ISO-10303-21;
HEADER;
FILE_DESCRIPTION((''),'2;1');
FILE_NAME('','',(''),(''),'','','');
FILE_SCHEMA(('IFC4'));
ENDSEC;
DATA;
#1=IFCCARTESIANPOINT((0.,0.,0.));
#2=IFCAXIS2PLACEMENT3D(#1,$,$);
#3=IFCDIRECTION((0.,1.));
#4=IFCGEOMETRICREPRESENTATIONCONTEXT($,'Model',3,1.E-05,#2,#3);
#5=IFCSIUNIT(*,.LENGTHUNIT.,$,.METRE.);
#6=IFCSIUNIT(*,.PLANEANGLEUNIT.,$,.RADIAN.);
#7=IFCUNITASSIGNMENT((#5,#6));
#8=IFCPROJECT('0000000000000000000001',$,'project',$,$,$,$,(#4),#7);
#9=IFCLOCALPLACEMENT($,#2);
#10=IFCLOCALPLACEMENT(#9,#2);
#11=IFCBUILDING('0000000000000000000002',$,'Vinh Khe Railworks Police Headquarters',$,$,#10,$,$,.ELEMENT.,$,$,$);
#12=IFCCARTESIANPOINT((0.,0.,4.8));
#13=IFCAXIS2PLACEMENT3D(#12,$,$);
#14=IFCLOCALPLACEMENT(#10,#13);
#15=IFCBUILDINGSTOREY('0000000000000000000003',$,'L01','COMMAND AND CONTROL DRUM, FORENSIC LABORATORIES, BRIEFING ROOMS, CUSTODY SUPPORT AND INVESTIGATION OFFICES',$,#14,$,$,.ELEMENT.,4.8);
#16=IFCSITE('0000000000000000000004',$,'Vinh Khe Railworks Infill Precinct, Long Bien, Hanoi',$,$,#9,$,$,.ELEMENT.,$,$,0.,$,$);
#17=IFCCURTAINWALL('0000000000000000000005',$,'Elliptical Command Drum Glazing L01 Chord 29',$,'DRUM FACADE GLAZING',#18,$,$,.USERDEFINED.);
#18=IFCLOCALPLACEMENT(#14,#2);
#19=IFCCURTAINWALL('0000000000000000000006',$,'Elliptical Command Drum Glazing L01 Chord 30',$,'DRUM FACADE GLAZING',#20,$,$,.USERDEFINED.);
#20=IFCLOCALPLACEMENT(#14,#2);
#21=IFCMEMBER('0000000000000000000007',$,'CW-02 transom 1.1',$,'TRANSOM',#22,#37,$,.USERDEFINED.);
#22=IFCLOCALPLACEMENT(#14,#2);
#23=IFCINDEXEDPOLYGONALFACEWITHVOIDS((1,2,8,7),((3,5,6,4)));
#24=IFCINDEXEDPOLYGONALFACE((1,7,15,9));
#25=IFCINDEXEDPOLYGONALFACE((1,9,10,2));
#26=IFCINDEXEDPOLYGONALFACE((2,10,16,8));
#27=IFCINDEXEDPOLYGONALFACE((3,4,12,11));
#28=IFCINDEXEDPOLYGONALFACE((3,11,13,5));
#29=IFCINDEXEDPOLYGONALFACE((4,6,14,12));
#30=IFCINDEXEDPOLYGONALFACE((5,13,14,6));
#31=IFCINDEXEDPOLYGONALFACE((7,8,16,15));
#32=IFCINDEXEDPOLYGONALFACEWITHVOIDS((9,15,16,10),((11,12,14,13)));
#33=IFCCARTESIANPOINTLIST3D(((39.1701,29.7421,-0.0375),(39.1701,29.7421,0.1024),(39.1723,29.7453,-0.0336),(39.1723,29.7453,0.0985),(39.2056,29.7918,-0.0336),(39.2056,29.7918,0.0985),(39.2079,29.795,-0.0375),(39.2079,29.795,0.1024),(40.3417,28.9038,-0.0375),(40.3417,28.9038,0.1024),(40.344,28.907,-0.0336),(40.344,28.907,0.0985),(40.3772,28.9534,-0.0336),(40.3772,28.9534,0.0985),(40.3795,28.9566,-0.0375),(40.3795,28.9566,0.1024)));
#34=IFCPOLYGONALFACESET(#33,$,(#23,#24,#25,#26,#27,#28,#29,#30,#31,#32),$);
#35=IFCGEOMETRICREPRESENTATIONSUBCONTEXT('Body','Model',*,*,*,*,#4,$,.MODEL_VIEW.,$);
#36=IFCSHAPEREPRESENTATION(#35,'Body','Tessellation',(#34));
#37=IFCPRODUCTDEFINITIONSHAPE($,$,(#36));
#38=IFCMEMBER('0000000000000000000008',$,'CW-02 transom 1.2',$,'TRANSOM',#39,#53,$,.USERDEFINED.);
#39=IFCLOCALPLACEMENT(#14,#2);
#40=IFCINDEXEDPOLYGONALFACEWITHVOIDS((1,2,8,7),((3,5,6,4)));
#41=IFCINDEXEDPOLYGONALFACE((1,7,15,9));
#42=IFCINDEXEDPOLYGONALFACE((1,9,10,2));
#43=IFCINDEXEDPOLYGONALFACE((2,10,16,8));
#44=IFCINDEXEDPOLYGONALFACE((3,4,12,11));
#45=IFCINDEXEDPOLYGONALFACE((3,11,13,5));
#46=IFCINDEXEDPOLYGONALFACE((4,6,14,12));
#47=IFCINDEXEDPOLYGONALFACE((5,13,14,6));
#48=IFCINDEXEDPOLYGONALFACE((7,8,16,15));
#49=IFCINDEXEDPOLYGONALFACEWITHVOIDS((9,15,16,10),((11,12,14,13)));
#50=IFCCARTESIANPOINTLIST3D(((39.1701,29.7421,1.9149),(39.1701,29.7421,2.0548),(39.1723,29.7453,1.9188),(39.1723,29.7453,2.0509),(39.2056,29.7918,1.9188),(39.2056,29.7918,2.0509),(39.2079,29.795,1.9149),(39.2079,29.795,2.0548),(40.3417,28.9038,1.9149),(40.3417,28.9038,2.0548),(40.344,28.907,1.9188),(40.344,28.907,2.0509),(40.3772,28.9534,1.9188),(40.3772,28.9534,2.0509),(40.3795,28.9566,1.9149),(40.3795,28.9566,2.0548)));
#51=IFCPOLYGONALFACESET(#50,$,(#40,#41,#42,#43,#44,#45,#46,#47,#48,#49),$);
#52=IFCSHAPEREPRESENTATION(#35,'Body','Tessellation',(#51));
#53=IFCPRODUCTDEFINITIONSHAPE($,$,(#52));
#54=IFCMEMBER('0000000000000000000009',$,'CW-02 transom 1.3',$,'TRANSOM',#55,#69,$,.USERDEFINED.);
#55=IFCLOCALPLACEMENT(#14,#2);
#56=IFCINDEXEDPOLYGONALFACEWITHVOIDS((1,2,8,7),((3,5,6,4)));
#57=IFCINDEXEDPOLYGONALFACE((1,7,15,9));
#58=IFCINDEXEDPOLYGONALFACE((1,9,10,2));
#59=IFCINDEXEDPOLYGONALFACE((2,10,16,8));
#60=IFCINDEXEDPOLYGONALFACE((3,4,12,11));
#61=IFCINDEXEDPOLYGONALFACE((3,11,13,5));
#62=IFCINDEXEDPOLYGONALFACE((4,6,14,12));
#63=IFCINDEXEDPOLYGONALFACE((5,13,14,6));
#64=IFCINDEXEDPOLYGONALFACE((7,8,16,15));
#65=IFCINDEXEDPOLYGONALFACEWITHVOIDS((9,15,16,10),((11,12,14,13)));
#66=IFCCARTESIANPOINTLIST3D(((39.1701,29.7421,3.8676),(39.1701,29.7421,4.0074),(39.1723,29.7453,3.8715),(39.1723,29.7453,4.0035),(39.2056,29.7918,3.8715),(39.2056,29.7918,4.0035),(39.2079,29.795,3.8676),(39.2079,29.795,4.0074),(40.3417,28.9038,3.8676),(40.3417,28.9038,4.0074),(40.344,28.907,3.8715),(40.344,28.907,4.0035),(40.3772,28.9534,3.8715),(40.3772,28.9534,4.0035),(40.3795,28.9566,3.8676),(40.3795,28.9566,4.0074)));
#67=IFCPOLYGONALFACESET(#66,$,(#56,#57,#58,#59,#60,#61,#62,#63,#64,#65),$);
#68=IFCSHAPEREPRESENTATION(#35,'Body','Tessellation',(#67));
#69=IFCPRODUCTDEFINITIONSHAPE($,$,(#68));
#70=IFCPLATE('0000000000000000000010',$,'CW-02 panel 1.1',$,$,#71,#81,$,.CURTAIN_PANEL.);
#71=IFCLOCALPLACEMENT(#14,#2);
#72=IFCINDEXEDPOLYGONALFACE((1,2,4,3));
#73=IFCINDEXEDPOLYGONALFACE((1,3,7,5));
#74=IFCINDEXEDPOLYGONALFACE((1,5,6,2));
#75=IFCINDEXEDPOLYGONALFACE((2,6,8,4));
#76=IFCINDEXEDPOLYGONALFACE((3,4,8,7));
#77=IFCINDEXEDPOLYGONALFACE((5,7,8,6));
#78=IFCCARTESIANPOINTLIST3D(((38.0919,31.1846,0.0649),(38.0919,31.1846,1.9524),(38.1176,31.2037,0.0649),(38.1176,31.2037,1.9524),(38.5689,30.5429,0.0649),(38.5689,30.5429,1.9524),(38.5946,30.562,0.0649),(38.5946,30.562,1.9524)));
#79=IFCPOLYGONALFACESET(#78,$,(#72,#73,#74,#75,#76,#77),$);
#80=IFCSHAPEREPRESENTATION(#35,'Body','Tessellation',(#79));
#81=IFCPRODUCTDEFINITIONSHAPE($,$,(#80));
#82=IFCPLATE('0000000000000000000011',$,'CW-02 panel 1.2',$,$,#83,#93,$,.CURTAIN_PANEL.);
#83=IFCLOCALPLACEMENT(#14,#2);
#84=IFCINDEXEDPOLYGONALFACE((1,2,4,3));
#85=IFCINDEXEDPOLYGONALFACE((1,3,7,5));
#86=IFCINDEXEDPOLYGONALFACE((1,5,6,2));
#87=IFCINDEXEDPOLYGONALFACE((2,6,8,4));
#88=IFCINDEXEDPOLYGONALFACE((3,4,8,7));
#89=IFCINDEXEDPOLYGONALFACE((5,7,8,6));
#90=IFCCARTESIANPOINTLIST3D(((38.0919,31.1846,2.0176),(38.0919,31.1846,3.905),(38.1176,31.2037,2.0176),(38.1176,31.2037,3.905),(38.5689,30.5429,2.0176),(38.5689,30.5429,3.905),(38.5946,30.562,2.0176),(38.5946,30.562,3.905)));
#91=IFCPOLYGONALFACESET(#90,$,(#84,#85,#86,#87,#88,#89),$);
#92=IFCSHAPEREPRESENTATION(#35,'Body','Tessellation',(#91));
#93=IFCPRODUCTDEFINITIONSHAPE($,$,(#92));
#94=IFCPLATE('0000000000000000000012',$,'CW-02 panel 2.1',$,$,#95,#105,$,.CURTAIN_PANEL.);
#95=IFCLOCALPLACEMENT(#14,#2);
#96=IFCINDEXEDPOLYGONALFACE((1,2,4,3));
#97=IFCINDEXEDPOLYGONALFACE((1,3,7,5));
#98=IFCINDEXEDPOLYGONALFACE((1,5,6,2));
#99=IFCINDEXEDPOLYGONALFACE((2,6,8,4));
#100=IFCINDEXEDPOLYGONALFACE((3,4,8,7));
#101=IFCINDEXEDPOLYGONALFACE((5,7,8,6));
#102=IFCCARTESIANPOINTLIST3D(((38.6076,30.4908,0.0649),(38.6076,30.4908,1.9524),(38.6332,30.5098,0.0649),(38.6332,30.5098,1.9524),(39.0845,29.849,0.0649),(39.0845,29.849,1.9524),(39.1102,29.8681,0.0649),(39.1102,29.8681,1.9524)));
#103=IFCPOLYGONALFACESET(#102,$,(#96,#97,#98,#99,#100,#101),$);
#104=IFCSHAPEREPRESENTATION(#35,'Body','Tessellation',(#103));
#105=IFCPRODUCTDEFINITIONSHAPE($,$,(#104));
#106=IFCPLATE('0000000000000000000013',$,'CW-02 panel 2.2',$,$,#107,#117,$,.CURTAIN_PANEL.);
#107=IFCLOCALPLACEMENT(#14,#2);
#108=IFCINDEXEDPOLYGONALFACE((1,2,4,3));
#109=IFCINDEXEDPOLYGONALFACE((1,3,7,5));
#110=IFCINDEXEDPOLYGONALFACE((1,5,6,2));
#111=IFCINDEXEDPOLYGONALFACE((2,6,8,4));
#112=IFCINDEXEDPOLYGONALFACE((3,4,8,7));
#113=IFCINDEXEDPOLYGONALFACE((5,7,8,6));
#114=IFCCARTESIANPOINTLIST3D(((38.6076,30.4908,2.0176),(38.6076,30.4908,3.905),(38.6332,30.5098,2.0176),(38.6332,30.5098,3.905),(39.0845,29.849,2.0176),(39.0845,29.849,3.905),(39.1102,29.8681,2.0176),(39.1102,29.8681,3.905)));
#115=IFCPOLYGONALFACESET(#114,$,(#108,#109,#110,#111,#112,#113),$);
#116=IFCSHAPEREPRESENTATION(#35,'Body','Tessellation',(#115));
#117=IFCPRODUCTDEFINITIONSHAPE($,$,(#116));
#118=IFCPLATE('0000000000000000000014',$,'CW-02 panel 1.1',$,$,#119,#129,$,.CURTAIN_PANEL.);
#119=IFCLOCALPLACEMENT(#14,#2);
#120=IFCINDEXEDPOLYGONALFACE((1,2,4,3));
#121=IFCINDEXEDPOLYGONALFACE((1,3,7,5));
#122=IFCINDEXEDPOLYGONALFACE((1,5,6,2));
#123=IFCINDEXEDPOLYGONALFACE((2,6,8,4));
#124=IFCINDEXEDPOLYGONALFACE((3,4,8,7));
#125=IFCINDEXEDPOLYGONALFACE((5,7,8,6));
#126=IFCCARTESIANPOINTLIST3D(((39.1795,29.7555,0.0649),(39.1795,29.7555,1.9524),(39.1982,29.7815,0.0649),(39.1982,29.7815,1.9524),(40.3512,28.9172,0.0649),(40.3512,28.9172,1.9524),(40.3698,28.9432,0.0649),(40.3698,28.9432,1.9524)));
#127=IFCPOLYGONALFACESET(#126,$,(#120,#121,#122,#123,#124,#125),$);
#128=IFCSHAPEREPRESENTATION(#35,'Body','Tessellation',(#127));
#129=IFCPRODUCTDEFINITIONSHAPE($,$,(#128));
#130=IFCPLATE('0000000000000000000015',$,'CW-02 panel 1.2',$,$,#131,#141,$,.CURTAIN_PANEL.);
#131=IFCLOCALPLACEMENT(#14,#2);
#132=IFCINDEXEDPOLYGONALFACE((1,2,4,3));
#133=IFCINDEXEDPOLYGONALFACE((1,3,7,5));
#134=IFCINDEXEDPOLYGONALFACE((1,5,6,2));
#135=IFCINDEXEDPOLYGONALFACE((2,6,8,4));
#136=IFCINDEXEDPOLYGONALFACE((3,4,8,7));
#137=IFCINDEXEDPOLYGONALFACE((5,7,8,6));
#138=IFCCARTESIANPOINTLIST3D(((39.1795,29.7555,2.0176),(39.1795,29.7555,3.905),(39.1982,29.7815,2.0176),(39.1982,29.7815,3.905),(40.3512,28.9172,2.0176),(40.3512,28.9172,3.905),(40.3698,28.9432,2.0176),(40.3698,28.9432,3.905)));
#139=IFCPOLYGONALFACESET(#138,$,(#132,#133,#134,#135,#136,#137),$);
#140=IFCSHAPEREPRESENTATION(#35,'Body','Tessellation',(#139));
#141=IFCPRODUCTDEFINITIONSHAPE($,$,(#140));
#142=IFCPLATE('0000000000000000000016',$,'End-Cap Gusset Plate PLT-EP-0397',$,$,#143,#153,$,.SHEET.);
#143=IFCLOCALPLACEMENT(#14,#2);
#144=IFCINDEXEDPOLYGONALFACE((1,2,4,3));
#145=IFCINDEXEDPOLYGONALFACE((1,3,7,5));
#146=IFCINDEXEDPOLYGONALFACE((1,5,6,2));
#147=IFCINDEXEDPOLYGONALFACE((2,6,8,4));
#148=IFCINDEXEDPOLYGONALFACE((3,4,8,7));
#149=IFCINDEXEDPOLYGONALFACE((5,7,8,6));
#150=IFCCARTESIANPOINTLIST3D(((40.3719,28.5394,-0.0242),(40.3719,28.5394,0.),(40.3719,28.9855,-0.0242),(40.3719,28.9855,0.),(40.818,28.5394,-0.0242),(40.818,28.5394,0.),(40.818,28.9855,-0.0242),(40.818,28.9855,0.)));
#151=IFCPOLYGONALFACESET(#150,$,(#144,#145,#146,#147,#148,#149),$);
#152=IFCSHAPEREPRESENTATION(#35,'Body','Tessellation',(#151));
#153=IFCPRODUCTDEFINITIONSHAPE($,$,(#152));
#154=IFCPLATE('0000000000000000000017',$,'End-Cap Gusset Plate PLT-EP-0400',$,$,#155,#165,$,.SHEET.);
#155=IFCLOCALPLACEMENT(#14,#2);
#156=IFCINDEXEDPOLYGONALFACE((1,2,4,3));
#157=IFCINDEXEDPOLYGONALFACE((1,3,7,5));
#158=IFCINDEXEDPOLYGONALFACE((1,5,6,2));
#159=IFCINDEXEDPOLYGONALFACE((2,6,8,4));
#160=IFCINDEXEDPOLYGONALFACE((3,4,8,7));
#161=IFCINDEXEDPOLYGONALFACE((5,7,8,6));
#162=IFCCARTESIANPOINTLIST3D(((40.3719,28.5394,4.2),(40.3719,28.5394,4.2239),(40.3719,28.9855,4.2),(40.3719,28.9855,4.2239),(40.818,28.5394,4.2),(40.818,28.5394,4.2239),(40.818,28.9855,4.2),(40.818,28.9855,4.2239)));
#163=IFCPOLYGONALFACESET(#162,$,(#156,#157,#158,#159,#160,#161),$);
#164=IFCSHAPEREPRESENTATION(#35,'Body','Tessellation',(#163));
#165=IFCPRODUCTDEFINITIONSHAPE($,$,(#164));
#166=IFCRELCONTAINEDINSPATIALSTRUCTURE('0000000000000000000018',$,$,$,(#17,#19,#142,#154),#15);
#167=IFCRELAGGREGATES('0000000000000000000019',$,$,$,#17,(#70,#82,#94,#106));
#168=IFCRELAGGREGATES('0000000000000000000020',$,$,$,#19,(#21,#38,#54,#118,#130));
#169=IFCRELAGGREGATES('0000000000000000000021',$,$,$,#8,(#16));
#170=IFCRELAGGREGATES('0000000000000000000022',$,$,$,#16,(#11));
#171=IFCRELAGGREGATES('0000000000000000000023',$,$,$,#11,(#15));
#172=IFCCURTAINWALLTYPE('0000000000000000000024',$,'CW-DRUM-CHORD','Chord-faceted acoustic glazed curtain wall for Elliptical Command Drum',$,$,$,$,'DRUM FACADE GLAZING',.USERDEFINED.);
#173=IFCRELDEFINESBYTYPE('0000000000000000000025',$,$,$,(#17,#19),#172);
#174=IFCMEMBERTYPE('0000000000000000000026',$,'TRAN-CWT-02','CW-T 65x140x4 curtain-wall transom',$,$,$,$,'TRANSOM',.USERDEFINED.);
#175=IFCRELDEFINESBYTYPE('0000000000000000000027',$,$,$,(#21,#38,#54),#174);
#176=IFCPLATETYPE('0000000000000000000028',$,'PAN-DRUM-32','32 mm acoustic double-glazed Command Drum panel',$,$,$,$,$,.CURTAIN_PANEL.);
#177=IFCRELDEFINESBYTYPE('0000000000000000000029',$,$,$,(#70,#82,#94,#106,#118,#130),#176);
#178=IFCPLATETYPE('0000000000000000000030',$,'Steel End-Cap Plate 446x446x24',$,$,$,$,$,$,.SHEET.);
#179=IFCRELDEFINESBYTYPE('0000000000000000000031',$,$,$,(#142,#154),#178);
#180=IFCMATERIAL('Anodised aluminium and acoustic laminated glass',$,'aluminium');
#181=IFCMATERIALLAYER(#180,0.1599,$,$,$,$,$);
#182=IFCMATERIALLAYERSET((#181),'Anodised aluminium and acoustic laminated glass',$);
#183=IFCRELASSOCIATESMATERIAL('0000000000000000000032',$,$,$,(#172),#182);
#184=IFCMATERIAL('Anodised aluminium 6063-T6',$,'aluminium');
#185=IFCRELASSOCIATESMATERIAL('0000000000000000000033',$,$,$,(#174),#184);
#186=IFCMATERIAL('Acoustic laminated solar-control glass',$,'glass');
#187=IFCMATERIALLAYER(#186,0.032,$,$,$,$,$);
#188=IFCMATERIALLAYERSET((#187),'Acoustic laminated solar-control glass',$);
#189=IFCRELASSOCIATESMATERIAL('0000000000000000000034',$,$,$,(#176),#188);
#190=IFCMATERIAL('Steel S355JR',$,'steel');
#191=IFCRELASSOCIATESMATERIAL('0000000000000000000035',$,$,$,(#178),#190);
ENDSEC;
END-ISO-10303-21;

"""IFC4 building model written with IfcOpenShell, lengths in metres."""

from ifc_helpers import new_model, si_unit, direction, frame, origin, origin_2d, place, context, subcontext, project, spatial, rectangle, hollow_rectangle, extrude, material, layer, layer_set, material_profile, profile_set, type_object, element, aggregate, save


model = new_model("IFC4")

# Units and contexts
model_context = context("Model", 3, precision=1e-05, world=origin(), true_north=direction((0.0, 1.0)))
body_context = subcontext(model_context, "Body", "Model", "MODEL_VIEW")
ifc_project = project(units=[si_unit("LENGTHUNIT", "METRE"), si_unit("PLANEANGLEUNIT", "RADIAN")], contexts=[model_context])

# Site, building, storey
site_placement = place(None, origin())
site = spatial("IfcSite", under=ifc_project, at=site_placement, Name="Vinh Khe Railworks Infill Precinct, Long Bien, Hanoi", CompositionType="ELEMENT", RefElevation=0.0)
building_placement = place(site_placement, origin())
building = spatial("IfcBuilding", under=site, at=building_placement, Name="Vinh Khe Railworks Police Headquarters", CompositionType="ELEMENT")
storey_placement = place(building_placement, frame((0.0, 0.0, 4.8)))
storey = spatial("IfcBuildingStorey", under=building, at=storey_placement, Name="L01", Description="COMMAND AND CONTROL DRUM, FORENSIC LABORATORIES, BRIEFING ROOMS, CUSTODY SUPPORT AND INVESTIGATION OFFICES", CompositionType="ELEMENT", Elevation=4.8)

# Shared definitions
ifc_material_1 = material(Name="Steel S355JR", Category="steel")

# Curtain walls
ifc_material_2 = material(Name="Anodised aluminium and acoustic laminated glass", Category="aluminium")
ifc_layer_1 = layer(ifc_material_2, 0.1599)
ifc_layer_set_1 = layer_set([ifc_layer_1], Name="Anodised aluminium and acoustic laminated glass")
curtain_wall_type = type_object("IfcCurtainWallType", Name="CW-DRUM-CHORD", Description="Chord-faceted acoustic glazed curtain wall for Elliptical Command Drum", ElementType="DRUM FACADE GLAZING", PredefinedType="USERDEFINED", material=ifc_layer_set_1)
curtain_wall_1_placement = place(storey_placement, origin())
curtain_wall_1 = element("IfcCurtainWall", 1, at=curtain_wall_1_placement, inside=storey, type_object=curtain_wall_type, Name="Elliptical Command Drum Glazing L01 Chord 29", ObjectType="DRUM FACADE GLAZING", PredefinedType="USERDEFINED")
ifc_material_3 = material(Name="Anodised aluminium 6063-T6", Category="aluminium")
curtain_wall_2_placement = place(storey_placement, origin())
curtain_wall_2 = element("IfcCurtainWall", 2, at=curtain_wall_2_placement, inside=storey, type_object=curtain_wall_type, Name="Elliptical Command Drum Glazing L01 Chord 30", ObjectType="DRUM FACADE GLAZING", PredefinedType="USERDEFINED")

# Members
ifc_material_profile_1 = material_profile(ifc_material_3, hollow_rectangle(XDim=0.0649, YDim=0.1399, WallThickness=0.0039, at=origin_2d()), Name="CW-T 65x140x4")
ifc_profile_set_1 = profile_set([ifc_material_profile_1], Name="Anodised aluminium 6063-T6")
member_type_1 = type_object("IfcMemberType", Name="TRAN-CWT-02", Description="CW-T 65x140x4 curtain-wall transom", ElementType="TRANSOM", PredefinedType="USERDEFINED", material=ifc_profile_set_1)
member_1_placement = place(storey_placement, frame((39.189, 29.7686, 0.0325), z_axis=(0.813241, -0.581927, 0.0), x_axis=(0.581927, 0.813241, 0.0)))
member_1 = element("IfcMember", 3, at=member_1_placement, type_object=member_type_1, Name="CW-02 transom 1.1", ObjectType="TRANSOM", PredefinedType="USERDEFINED", context=body_context, shape_type="SweptSolid", body=[
    extrude(hollow_rectangle(XDim=0.0649, YDim=0.1399, WallThickness=0.0039, at=origin_2d()), origin(), (0.0, 0.0, 1.0), 1.4407),
])
member_2_placement = place(storey_placement, frame((39.189, 29.7686, 1.9849), z_axis=(0.813241, -0.581927, 0.0), x_axis=(0.581927, 0.813241, 0.0)))
member_2 = element("IfcMember", 4, at=member_2_placement, type_object=member_type_1, Name="CW-02 transom 1.2", ObjectType="TRANSOM", PredefinedType="USERDEFINED", context=body_context, shape_type="SweptSolid", body=[
    extrude(hollow_rectangle(XDim=0.0649, YDim=0.1399, WallThickness=0.0039, at=origin_2d()), origin(), (0.0, 0.0, 1.0), 1.4407),
])
member_3_placement = place(storey_placement, frame((39.189, 29.7686, 3.9375), z_axis=(0.813241, -0.581927, 0.0), x_axis=(0.581927, 0.813241, 0.0)))
member_3 = element("IfcMember", 5, at=member_3_placement, type_object=member_type_1, Name="CW-02 transom 1.3", ObjectType="TRANSOM", PredefinedType="USERDEFINED", context=body_context, shape_type="SweptSolid", body=[
    extrude(hollow_rectangle(XDim=0.0649, YDim=0.1399, WallThickness=0.0039, at=origin_2d()), origin(), (0.0, 0.0, 1.0), 1.4407),
])

# Plates
ifc_material_4 = material(Name="Acoustic laminated solar-control glass", Category="glass")
ifc_layer_2 = layer(ifc_material_4, 0.032)
ifc_layer_set_2 = layer_set([ifc_layer_2], Name="Acoustic laminated solar-control glass")
plate_type_1 = type_object("IfcPlateType", Name="PAN-DRUM-32", Description="32 mm acoustic double-glazed Command Drum panel", PredefinedType="CURTAIN_PANEL", material=ifc_layer_set_2)
plate_1_placement = place(storey_placement, frame((38.3433, 30.8733, 0.0649), z_axis=(0.0, 0.0, 1.0), x_axis=(0.596528, -0.802592, 0.0)))
plate_1 = element("IfcPlate", 6, at=plate_1_placement, type_object=plate_type_1, Name="CW-02 panel 1.1", PredefinedType="CURTAIN_PANEL", context=body_context, shape_type="SweptSolid", body=[
    extrude(rectangle(XDim=0.7996, YDim=0.032, at=origin_2d()), origin(), (0.0, 0.0, 1.0), 1.8875),
])
plate_2_placement = place(storey_placement, frame((38.3433, 30.8733, 2.0176), z_axis=(0.0, 0.0, 1.0), x_axis=(0.596528, -0.802592, 0.0)))
plate_2 = element("IfcPlate", 7, at=plate_2_placement, type_object=plate_type_1, Name="CW-02 panel 1.2", PredefinedType="CURTAIN_PANEL", context=body_context, shape_type="SweptSolid", body=[
    extrude(rectangle(XDim=0.7996, YDim=0.032, at=origin_2d()), origin(), (0.0, 0.0, 1.0), 1.8875),
])
plate_3_placement = place(storey_placement, frame((38.8589, 30.1794, 0.0649), z_axis=(0.0, 0.0, 1.0), x_axis=(0.596528, -0.802592, 0.0)))
plate_3 = element("IfcPlate", 8, at=plate_3_placement, type_object=plate_type_1, Name="CW-02 panel 2.1", PredefinedType="CURTAIN_PANEL", context=body_context, shape_type="SweptSolid", body=[
    extrude(rectangle(XDim=0.7996, YDim=0.032, at=origin_2d()), origin(), (0.0, 0.0, 1.0), 1.8875),
])
plate_4_placement = place(storey_placement, frame((38.8589, 30.1794, 2.0176), z_axis=(0.0, 0.0, 1.0), x_axis=(0.596528, -0.802592, 0.0)))
plate_4 = element("IfcPlate", 9, at=plate_4_placement, type_object=plate_type_1, Name="CW-02 panel 2.2", PredefinedType="CURTAIN_PANEL", context=body_context, shape_type="SweptSolid", body=[
    extrude(rectangle(XDim=0.7996, YDim=0.032, at=origin_2d()), origin(), (0.0, 0.0, 1.0), 1.8875),
])
aggregate(curtain_wall_1, [plate_1, plate_2, plate_3, plate_4])
plate_5_placement = place(storey_placement, frame((39.7747, 29.3494, 0.0649), z_axis=(0.0, 0.0, 1.0), x_axis=(0.813248, -0.581917, 0.0)))
plate_5 = element("IfcPlate", 10, at=plate_5_placement, type_object=plate_type_1, Name="CW-02 panel 1.1", PredefinedType="CURTAIN_PANEL", context=body_context, shape_type="SweptSolid", body=[
    extrude(rectangle(XDim=1.4407, YDim=0.032, at=origin_2d()), origin(), (0.0, 0.0, 1.0), 1.8875),
])
plate_6_placement = place(storey_placement, frame((39.7747, 29.3494, 2.0176), z_axis=(0.0, 0.0, 1.0), x_axis=(0.813248, -0.581917, 0.0)))
plate_6 = element("IfcPlate", 11, at=plate_6_placement, type_object=plate_type_1, Name="CW-02 panel 1.2", PredefinedType="CURTAIN_PANEL", context=body_context, shape_type="SweptSolid", body=[
    extrude(rectangle(XDim=1.4407, YDim=0.032, at=origin_2d()), origin(), (0.0, 0.0, 1.0), 1.8875),
])
aggregate(curtain_wall_2, [member_1, member_2, member_3, plate_5, plate_6])

# Plates
ifc_material_profile_2 = material_profile(ifc_material_1, rectangle(XDim=0.446, YDim=0.446, at=origin_2d()), Name="PL 446x446")
ifc_profile_set_2 = profile_set([ifc_material_profile_2], Name="Steel S355JR")
plate_type_2 = type_object("IfcPlateType", Name="Steel End-Cap Plate 446x446x24", PredefinedType="SHEET", material=ifc_profile_set_2)
plate_7_placement = place(storey_placement, frame((40.595, 28.7625, 0.0), z_axis=(0.0, 0.0, -1.0), x_axis=(1.0, 0.0, 0.0)))
element("IfcPlate", 12, at=plate_7_placement, inside=storey, type_object=plate_type_2, Name="End-Cap Gusset Plate PLT-EP-0397", PredefinedType="SHEET", context=body_context, shape_type="SweptSolid", body=[
    extrude(rectangle(XDim=0.446, YDim=0.446, at=origin_2d()), origin(), (0.0, 0.0, 1.0), 0.0242),
])
plate_8_placement = place(storey_placement, frame((40.595, 28.7625, 4.2), z_axis=(0.0, 0.0, 1.0), x_axis=(1.0, 0.0, 0.0)))
element("IfcPlate", 13, at=plate_8_placement, inside=storey, type_object=plate_type_2, Name="End-Cap Gusset Plate PLT-EP-0400", PredefinedType="SHEET", context=body_context, shape_type="SweptSolid", body=[
    extrude(rectangle(XDim=0.446, YDim=0.446, at=origin_2d()), origin(), (0.0, 0.0, 1.0), 0.0239),
])

save(model, "model.ifc")
